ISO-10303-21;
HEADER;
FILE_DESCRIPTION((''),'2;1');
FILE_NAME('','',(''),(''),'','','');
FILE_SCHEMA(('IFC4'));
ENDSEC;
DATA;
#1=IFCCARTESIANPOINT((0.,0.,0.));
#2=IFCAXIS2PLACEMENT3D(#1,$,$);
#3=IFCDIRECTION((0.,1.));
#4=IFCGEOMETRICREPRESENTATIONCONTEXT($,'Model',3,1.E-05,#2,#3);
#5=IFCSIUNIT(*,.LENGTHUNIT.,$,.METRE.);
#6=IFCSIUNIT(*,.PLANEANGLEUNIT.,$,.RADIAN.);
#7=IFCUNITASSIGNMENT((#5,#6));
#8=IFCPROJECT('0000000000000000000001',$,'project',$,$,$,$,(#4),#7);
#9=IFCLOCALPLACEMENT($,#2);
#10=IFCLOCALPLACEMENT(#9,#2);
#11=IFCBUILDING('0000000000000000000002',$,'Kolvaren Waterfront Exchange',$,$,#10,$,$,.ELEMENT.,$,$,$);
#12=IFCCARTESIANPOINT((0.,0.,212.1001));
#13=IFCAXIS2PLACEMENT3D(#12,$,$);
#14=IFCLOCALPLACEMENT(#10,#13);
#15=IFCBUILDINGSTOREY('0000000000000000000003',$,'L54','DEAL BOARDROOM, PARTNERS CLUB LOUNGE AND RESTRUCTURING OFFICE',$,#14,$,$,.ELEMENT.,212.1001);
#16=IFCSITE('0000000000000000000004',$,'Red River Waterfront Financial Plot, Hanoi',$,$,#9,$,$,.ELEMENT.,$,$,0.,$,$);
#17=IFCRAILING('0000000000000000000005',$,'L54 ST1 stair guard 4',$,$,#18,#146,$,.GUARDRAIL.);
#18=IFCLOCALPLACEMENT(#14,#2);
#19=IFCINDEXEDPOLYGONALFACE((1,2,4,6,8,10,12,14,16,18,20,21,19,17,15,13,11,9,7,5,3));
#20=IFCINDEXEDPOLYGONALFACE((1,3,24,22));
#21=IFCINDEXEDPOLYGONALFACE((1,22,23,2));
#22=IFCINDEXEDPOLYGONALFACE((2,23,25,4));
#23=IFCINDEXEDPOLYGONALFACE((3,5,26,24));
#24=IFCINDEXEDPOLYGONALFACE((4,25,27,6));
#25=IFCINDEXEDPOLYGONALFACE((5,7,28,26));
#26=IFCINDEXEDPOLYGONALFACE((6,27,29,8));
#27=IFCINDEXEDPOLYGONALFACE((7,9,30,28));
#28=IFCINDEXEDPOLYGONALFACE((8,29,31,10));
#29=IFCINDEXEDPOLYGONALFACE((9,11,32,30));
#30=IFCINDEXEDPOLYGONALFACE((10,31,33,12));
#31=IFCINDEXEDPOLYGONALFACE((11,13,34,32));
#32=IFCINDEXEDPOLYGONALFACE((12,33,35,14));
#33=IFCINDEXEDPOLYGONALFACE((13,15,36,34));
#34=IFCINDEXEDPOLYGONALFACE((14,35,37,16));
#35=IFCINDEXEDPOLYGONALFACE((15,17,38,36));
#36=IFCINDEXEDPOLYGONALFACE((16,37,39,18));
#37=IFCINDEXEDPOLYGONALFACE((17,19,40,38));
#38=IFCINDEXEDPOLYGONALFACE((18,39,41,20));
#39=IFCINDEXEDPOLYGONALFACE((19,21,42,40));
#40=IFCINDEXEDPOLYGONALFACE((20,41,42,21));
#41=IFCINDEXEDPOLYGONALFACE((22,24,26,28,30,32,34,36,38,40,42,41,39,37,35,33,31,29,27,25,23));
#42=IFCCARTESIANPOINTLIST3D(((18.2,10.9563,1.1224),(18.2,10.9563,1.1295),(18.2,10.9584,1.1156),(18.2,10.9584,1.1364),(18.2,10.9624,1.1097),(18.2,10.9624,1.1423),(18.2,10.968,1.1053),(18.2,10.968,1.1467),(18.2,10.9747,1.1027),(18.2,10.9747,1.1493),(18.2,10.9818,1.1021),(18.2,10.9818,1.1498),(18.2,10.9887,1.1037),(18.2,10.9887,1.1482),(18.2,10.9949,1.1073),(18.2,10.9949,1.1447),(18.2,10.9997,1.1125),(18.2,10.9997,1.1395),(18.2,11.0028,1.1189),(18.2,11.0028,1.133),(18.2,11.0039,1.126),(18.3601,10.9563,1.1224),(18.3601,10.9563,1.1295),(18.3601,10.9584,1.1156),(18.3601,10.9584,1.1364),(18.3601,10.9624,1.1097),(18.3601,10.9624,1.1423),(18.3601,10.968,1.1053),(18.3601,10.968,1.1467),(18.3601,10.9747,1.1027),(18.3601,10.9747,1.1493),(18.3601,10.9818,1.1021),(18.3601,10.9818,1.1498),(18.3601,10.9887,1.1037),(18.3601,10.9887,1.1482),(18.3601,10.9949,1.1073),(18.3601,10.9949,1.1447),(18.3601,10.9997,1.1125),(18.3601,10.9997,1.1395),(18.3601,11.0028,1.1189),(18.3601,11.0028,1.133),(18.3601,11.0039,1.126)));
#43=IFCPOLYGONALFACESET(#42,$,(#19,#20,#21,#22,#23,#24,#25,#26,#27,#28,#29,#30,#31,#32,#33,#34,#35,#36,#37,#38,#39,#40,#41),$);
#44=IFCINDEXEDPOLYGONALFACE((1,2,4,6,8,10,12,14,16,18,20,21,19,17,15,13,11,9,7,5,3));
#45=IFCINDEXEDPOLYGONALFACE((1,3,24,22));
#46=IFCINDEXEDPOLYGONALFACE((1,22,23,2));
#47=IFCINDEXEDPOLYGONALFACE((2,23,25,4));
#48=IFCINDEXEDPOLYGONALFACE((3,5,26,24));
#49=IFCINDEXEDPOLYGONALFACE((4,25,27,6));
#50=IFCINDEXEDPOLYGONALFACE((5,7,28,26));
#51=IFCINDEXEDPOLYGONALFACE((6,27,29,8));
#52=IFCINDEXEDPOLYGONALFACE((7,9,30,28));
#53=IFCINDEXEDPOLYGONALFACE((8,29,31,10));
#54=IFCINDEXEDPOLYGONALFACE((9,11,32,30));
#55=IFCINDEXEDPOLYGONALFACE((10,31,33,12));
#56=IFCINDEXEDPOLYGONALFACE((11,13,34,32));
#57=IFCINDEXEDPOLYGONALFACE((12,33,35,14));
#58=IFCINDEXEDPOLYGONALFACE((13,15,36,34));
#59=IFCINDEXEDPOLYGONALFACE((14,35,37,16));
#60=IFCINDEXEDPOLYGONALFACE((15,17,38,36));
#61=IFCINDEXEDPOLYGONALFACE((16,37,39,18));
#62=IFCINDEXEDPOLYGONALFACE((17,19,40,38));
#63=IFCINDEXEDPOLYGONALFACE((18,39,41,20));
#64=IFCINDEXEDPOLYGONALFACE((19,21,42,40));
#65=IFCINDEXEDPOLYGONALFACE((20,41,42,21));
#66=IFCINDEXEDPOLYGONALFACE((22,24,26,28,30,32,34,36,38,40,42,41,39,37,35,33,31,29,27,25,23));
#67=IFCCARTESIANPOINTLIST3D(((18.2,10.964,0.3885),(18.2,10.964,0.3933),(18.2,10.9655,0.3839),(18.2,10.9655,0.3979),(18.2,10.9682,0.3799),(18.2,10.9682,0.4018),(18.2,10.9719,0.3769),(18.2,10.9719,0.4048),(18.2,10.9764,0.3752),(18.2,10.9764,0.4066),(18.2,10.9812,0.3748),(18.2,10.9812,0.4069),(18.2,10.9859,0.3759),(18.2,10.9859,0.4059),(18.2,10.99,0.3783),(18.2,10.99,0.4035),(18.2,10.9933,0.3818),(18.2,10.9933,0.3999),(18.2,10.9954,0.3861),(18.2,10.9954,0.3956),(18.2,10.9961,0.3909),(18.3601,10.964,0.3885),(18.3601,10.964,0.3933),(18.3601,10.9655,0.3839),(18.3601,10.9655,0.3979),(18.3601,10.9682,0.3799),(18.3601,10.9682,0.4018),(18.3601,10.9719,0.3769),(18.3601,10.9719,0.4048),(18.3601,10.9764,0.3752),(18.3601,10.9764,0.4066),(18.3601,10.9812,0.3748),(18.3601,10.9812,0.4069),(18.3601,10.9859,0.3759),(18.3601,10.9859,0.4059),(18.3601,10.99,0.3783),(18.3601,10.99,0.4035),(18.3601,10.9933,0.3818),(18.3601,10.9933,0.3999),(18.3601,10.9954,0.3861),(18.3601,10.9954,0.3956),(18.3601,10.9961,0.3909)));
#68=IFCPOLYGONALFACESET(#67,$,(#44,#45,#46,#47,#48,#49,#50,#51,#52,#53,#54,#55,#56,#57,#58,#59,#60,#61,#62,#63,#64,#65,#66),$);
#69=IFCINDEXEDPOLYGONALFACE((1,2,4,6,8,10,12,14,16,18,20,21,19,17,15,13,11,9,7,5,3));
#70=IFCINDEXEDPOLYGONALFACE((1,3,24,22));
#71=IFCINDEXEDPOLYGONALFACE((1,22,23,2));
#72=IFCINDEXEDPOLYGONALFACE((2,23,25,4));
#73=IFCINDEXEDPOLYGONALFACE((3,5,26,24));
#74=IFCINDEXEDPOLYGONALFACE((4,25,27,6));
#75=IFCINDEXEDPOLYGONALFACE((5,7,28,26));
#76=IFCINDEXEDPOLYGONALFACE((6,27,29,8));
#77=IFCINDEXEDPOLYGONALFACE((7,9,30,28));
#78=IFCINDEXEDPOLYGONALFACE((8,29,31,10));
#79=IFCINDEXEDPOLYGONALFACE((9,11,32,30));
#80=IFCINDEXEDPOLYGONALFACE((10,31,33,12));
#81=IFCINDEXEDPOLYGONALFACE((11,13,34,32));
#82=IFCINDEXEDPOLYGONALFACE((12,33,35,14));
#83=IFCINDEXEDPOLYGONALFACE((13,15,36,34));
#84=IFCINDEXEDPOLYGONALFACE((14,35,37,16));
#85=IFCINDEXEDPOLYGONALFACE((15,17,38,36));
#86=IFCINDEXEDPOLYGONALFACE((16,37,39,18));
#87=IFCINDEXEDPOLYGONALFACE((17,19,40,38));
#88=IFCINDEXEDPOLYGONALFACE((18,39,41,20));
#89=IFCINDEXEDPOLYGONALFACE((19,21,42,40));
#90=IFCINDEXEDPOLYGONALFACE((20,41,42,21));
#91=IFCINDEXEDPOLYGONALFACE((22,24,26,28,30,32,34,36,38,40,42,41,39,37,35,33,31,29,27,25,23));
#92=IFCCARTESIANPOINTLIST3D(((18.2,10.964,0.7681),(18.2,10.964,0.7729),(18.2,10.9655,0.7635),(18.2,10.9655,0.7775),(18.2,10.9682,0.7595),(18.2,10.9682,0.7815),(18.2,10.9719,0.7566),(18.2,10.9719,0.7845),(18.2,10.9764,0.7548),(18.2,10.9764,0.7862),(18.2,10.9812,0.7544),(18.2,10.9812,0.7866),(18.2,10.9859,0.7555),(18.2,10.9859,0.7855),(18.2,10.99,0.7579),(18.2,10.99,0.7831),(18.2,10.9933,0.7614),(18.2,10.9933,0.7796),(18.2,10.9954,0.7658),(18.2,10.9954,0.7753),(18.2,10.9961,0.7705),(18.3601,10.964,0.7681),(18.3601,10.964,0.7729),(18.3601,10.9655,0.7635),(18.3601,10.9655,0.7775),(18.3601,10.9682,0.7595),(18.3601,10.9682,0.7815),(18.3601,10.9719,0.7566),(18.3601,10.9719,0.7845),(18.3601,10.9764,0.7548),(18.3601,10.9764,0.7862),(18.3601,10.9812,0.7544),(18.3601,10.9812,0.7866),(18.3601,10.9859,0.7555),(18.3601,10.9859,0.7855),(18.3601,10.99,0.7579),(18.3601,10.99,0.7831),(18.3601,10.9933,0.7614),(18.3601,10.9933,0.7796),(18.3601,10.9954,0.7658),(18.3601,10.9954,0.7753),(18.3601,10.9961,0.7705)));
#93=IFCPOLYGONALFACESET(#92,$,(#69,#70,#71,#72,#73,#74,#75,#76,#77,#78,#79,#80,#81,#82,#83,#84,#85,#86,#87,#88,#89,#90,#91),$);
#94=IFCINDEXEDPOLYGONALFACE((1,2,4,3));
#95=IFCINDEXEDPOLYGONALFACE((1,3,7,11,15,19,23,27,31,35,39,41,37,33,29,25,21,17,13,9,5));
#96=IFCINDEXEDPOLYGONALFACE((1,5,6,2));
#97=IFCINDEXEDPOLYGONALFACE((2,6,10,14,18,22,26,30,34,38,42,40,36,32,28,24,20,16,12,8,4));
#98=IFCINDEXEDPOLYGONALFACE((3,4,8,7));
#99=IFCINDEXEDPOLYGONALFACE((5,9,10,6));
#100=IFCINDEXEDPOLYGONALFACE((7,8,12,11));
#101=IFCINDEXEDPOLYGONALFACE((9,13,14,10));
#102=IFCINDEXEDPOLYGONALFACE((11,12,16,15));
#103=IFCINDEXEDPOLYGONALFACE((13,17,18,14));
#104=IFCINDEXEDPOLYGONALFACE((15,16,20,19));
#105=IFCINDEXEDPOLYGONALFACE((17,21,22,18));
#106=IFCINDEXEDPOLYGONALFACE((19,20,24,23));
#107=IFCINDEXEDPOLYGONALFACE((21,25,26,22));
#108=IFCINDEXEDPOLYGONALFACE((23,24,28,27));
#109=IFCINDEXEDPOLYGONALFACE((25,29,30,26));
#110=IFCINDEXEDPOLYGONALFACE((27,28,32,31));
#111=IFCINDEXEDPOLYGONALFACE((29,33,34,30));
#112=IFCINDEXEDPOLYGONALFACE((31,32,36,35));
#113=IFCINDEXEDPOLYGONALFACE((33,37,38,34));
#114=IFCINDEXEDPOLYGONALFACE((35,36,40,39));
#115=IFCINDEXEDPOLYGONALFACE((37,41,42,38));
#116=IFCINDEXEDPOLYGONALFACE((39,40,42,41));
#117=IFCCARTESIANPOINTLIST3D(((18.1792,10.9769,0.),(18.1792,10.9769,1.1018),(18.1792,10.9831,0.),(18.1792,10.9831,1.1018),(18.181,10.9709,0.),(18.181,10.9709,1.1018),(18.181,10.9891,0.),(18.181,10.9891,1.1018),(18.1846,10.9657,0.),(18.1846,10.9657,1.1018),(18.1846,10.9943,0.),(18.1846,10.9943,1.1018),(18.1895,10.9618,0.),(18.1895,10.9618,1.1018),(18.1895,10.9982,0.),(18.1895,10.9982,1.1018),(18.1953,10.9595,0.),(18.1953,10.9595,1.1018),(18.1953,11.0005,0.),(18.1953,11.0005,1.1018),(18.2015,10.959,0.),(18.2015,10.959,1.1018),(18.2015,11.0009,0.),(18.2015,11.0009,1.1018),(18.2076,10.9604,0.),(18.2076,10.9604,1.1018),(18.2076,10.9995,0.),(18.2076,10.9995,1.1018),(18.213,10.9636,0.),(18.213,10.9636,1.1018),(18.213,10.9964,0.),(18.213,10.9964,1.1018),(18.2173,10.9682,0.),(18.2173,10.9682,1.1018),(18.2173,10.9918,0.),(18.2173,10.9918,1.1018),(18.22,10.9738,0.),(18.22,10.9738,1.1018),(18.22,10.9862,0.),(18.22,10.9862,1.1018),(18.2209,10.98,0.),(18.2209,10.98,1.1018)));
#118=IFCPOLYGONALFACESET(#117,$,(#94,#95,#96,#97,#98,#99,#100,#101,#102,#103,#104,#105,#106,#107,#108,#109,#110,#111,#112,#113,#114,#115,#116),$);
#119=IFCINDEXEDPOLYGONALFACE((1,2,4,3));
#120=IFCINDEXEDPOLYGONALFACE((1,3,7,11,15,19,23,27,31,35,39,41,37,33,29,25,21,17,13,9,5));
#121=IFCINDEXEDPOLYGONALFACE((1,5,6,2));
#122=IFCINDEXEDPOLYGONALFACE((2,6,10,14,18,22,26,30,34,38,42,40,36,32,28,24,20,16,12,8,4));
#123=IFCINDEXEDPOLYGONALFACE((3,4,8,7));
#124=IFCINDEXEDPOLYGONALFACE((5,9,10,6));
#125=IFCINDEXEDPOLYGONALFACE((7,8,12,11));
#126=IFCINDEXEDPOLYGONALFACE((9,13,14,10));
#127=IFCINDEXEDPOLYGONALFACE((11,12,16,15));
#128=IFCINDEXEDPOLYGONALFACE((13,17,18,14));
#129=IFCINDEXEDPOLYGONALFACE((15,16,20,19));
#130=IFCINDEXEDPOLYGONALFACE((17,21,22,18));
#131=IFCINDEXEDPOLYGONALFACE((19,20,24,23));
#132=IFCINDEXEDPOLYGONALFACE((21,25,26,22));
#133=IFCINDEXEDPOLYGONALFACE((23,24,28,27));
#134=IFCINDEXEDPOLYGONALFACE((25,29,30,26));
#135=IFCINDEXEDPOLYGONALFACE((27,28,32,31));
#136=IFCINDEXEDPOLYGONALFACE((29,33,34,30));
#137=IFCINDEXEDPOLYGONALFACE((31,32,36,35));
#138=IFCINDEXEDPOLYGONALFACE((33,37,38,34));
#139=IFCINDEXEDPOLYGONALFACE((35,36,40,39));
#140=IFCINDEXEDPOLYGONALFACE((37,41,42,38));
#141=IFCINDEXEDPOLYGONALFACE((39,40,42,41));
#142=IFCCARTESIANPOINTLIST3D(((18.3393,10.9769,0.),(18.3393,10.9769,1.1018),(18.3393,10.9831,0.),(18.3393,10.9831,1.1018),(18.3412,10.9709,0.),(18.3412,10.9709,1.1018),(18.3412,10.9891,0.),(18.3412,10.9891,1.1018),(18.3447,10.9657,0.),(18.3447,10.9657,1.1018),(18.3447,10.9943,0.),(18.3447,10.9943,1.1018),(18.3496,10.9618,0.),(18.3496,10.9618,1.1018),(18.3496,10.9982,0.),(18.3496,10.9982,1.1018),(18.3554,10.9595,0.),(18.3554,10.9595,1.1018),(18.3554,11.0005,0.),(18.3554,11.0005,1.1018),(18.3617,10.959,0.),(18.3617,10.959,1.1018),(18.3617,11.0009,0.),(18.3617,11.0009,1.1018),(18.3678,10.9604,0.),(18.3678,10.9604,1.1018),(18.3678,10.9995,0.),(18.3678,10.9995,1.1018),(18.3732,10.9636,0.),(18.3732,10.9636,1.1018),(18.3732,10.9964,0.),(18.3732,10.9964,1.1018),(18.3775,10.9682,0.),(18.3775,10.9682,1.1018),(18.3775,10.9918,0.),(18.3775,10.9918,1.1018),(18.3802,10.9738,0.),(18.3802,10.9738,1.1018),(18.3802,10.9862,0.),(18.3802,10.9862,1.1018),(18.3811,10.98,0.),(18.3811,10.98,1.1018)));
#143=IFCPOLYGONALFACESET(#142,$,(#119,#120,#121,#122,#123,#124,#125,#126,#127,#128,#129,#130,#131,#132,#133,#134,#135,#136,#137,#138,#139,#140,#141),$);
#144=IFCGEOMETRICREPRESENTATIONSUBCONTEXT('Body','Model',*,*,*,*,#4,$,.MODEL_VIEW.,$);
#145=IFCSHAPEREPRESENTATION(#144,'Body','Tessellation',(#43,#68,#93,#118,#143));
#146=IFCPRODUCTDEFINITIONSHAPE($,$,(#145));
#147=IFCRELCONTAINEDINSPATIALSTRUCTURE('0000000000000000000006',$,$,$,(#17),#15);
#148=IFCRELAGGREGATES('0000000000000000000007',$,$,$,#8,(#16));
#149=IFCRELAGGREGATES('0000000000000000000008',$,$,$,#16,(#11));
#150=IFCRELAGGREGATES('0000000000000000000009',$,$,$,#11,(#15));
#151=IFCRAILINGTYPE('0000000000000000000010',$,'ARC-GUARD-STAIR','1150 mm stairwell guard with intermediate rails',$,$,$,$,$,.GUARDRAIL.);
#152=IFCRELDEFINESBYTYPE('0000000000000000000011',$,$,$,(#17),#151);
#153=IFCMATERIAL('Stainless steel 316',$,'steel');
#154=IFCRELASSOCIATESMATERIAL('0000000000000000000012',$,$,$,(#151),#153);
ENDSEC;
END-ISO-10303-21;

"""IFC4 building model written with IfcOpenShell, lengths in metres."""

from ifc_helpers import new_model, si_unit, direction, frame, origin, origin_2d, place, context, subcontext, project, spatial, circle, extrude, material, type_object, element, save


model = new_model("IFC4")

# Units and contexts
model_context = context("Model", 3, precision=1e-05, world=origin(), true_north=direction((0.0, 1.0)))
body_context = subcontext(model_context, "Body", "Model", "MODEL_VIEW")
ifc_project = project(units=[si_unit("LENGTHUNIT", "METRE"), si_unit("PLANEANGLEUNIT", "RADIAN")], contexts=[model_context])

# Site, building, storey
site_placement = place(None, origin())
site = spatial("IfcSite", under=ifc_project, at=site_placement, Name="Red River Waterfront Financial Plot, Hanoi", CompositionType="ELEMENT", RefElevation=0.0)
building_placement = place(site_placement, origin())
building = spatial("IfcBuilding", under=site, at=building_placement, Name="Kolvaren Waterfront Exchange", CompositionType="ELEMENT")
storey_placement = place(building_placement, frame((0.0, 0.0, 212.1001)))
storey = spatial("IfcBuildingStorey", under=building, at=storey_placement, Name="L54", Description="DEAL BOARDROOM, PARTNERS CLUB LOUNGE AND RESTRUCTURING OFFICE", CompositionType="ELEMENT", Elevation=212.1001)

# Railing
ifc_material_1 = material(Name="Stainless steel 316", Category="steel")
railing_type_1 = type_object("IfcRailingType", Name="ARC-GUARD-STAIR", Description="1150 mm stairwell guard with intermediate rails", PredefinedType="GUARDRAIL", material=ifc_material_1)
railing_1_placement = place(storey_placement, frame((18.2, 10.98, 0.0)))
element("IfcRailing", 1, at=railing_1_placement, inside=storey, type_object=railing_type_1, Name="L54 ST1 stair guard 4", PredefinedType="GUARDRAIL", context=body_context, shape_type="SweptSolid", body=[
    extrude(circle(Radius=0.0239, at=origin_2d()), frame((0.0, 0.0, 1.126), z_axis=(1.0, 0.0, 0.0), x_axis=(0.0, 1.0, 0.0)), (0.0, 0.0, 1.0), 0.1602),
    extrude(circle(Radius=0.0161, at=origin_2d()), frame((0.0, 0.0, 0.3909), z_axis=(1.0, 0.0, 0.0), x_axis=(0.0, 1.0, 0.0)), (0.0, 0.0, 1.0), 0.1602),
    extrude(circle(Radius=0.0161, at=origin_2d()), frame((0.0, 0.0, 0.7705), z_axis=(1.0, 0.0, 0.0), x_axis=(0.0, 1.0, 0.0)), (0.0, 0.0, 1.0), 0.1602),
    extrude(circle(Radius=0.021, at=origin_2d()), origin(), (0.0, 0.0, 1.0), 1.1018),
    extrude(circle(Radius=0.021, at=origin_2d()), frame((0.1602, 0.0, 0.0)), (0.0, 0.0, 1.0), 1.1018),
])

save(model, "model.ifc")
